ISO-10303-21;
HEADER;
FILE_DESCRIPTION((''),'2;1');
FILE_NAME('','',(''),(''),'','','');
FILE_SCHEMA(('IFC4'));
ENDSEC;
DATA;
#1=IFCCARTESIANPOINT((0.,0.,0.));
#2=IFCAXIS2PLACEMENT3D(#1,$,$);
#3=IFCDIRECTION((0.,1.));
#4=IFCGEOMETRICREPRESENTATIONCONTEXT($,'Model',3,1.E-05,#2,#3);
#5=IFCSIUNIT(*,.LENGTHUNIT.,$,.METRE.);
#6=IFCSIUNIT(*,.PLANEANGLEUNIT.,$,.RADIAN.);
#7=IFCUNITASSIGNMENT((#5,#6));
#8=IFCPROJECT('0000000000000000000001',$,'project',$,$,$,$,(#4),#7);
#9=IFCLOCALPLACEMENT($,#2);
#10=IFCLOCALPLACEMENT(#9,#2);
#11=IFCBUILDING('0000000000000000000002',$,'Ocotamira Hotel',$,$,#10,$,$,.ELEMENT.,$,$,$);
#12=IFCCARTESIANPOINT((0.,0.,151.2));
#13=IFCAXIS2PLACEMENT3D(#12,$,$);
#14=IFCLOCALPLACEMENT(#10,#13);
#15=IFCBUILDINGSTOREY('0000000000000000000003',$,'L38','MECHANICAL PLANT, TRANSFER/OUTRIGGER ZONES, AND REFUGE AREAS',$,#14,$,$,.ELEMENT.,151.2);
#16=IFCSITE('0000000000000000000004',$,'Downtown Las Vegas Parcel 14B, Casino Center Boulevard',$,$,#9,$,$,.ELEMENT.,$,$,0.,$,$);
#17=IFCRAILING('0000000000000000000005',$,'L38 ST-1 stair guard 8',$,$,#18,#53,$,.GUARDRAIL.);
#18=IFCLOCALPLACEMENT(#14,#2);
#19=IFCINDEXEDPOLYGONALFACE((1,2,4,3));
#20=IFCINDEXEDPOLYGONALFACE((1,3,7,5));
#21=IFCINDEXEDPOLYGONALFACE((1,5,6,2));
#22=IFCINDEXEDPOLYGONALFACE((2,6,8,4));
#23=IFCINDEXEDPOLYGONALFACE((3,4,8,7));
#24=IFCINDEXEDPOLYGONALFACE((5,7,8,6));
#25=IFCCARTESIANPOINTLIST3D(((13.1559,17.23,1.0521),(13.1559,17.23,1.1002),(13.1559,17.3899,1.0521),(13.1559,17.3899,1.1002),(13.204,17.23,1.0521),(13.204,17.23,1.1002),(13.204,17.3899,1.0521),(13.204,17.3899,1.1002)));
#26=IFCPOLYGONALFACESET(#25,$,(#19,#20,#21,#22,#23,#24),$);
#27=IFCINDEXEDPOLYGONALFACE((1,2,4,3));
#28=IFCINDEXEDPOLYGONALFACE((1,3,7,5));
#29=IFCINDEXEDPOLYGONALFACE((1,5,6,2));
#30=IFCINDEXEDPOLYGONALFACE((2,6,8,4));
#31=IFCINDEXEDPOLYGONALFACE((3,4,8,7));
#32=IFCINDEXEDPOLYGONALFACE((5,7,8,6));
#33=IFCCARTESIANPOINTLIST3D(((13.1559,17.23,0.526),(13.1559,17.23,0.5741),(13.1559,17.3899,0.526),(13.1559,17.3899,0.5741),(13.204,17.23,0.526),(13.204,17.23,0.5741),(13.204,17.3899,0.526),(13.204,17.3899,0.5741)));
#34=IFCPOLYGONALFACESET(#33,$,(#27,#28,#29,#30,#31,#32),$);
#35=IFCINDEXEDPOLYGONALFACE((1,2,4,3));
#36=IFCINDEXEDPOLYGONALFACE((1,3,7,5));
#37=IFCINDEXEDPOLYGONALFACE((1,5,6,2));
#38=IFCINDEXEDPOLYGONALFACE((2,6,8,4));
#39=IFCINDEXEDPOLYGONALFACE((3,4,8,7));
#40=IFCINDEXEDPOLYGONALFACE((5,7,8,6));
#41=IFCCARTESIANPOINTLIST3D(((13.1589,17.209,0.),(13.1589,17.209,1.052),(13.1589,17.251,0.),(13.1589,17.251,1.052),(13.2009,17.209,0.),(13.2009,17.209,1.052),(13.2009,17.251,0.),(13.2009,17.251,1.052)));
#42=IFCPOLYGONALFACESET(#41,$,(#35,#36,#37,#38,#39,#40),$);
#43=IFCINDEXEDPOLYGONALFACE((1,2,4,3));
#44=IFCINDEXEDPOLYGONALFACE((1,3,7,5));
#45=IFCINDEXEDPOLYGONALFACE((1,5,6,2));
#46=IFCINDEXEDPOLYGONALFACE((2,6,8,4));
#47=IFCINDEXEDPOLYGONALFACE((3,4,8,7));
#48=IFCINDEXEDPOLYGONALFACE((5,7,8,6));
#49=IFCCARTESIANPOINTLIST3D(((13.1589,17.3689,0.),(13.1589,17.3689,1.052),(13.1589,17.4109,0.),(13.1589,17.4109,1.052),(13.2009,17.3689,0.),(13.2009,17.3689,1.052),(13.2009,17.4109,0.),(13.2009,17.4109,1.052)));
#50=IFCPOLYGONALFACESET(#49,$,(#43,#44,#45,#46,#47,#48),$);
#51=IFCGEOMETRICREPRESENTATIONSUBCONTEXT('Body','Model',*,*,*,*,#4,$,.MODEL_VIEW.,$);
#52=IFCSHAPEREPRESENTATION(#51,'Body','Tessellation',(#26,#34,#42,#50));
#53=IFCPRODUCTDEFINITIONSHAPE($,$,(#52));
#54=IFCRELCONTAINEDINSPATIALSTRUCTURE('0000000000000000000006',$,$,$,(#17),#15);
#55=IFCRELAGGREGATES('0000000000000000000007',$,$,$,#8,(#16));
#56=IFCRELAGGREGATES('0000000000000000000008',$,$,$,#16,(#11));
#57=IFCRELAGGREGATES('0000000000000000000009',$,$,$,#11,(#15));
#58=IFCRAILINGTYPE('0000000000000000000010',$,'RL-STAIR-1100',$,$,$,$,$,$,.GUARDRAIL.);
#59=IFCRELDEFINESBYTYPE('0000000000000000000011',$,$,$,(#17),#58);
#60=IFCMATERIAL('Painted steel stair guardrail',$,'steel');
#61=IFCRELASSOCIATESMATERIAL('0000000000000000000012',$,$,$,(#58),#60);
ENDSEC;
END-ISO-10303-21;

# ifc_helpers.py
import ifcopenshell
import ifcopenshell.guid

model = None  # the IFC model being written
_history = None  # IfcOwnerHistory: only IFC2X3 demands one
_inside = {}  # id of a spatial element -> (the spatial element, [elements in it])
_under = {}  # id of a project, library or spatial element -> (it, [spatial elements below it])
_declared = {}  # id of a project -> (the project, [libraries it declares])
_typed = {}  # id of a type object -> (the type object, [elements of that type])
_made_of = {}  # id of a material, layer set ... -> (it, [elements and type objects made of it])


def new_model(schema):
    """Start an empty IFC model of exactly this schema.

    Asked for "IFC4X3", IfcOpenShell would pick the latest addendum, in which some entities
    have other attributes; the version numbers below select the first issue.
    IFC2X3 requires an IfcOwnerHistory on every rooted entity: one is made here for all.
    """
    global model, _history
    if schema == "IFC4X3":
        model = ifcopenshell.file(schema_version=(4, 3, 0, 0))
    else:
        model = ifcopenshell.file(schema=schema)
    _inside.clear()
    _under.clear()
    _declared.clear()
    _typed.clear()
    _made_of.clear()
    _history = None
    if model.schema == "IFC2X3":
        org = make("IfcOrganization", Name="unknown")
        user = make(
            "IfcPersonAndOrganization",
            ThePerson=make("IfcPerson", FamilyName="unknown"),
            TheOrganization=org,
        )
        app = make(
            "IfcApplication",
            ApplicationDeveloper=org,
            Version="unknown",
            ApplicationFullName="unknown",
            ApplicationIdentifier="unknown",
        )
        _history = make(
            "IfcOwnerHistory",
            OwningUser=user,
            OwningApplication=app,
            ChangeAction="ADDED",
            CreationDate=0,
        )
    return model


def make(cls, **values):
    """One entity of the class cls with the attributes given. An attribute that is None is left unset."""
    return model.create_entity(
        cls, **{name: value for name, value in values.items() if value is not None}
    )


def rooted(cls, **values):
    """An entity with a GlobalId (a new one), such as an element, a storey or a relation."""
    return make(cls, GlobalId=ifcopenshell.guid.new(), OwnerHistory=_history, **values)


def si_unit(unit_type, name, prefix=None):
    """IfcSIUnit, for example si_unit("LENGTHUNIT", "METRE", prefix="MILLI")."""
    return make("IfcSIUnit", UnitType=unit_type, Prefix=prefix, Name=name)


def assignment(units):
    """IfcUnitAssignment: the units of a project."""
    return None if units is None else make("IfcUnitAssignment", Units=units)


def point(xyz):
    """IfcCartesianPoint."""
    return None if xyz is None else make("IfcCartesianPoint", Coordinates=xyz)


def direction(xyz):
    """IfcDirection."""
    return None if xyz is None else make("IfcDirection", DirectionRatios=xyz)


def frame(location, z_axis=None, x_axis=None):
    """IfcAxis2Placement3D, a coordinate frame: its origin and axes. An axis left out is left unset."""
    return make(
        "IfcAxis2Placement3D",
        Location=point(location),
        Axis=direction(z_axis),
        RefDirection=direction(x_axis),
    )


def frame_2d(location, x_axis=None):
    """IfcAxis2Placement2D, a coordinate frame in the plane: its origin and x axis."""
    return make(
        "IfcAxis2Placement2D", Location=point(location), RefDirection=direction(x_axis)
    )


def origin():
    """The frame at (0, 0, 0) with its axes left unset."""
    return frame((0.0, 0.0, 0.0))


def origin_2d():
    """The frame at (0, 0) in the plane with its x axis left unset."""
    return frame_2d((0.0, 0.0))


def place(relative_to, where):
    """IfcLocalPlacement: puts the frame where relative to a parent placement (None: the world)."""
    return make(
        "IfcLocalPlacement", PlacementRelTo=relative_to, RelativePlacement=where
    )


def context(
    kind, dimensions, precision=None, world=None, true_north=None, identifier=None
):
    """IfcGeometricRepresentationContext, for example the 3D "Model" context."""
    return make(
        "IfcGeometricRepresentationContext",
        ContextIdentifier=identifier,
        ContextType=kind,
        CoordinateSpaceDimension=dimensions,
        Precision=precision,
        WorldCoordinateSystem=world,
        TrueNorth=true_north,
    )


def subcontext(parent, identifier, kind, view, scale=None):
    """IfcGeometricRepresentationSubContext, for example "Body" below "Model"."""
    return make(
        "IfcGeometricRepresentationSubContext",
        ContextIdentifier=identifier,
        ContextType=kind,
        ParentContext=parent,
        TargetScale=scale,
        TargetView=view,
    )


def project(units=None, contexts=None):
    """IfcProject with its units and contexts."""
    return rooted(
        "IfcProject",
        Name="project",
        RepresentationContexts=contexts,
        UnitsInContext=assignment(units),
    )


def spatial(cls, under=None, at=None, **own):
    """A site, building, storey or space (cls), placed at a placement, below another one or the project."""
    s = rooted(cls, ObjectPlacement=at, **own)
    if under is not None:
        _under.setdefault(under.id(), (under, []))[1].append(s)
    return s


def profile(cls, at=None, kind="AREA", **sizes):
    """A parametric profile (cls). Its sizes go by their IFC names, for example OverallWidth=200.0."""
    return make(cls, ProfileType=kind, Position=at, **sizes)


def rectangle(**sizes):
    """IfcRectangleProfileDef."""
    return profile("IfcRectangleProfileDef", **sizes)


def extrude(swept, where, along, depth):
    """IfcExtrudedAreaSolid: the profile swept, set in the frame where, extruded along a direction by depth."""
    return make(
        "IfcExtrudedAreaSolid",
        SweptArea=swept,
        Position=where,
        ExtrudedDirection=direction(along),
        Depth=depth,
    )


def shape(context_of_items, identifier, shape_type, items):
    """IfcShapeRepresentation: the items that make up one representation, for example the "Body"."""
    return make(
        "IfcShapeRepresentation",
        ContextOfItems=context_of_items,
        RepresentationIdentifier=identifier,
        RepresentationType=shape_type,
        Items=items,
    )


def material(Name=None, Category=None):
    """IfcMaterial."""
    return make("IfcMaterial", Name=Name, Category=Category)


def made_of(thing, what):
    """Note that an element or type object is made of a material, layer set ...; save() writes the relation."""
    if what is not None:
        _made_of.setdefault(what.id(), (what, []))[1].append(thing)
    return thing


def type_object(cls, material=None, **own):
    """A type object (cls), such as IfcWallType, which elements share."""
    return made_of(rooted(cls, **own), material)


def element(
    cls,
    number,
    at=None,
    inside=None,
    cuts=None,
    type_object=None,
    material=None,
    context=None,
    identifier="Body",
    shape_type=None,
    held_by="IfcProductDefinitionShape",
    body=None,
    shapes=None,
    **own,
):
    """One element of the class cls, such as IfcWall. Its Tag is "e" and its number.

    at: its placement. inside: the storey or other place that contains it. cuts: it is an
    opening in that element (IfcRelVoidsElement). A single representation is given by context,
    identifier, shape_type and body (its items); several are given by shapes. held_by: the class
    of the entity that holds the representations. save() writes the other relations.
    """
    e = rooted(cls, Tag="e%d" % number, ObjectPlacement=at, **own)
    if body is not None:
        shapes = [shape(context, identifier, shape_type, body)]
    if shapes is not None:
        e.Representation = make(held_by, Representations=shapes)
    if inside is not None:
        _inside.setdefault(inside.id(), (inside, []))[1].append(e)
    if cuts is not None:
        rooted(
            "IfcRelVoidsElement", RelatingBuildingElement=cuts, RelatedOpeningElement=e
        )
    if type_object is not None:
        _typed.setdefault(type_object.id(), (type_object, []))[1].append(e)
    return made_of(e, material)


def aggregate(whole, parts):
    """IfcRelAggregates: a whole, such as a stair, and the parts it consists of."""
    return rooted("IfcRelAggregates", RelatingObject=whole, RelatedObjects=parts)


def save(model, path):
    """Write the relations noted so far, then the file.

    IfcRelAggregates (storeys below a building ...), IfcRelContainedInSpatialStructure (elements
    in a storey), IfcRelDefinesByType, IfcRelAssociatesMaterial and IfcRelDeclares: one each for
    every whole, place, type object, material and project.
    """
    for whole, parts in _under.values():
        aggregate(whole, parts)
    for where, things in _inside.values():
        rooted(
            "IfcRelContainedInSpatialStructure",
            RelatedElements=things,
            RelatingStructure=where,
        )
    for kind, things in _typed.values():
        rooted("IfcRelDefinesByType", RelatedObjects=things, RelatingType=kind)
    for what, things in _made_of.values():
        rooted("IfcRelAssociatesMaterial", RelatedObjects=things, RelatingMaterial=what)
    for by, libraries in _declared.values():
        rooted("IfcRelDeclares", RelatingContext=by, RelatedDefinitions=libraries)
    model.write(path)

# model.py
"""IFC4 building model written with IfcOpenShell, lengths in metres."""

from ifc_helpers import new_model, si_unit, direction, frame, origin, origin_2d, place, context, subcontext, project, spatial, rectangle, extrude, material, type_object, element, save


model = new_model("IFC4")

# Units and contexts
model_context = context("Model", 3, precision=1e-05, world=origin(), true_north=direction((0.0, 1.0)))
body_context = subcontext(model_context, "Body", "Model", "MODEL_VIEW")
ifc_project = project(units=[si_unit("LENGTHUNIT", "METRE"), si_unit("PLANEANGLEUNIT", "RADIAN")], contexts=[model_context])

# Site, building, storey
site_placement = place(None, origin())
site = spatial("IfcSite", under=ifc_project, at=site_placement, Name="Downtown Las Vegas Parcel 14B, Casino Center Boulevard", CompositionType="ELEMENT", RefElevation=0.0)
building_placement = place(site_placement, origin())
building = spatial("IfcBuilding", under=site, at=building_placement, Name="Ocotamira Hotel", CompositionType="ELEMENT")
storey_placement = place(building_placement, frame((0.0, 0.0, 151.2)))
storey = spatial("IfcBuildingStorey", under=building, at=storey_placement, Name="L38", Description="MECHANICAL PLANT, TRANSFER/OUTRIGGER ZONES, AND REFUGE AREAS", CompositionType="ELEMENT", Elevation=151.2)

# Railing
ifc_material_1 = material(Name="Painted steel stair guardrail", Category="steel")
railing_type_1 = type_object("IfcRailingType", Name="RL-STAIR-1100", PredefinedType="GUARDRAIL", material=ifc_material_1)
railing_1_placement = place(storey_placement, frame((13.1799, 17.23, 0.0)))
element("IfcRailing", 1, at=railing_1_placement, inside=storey, type_object=railing_type_1, Name="L38 ST-1 stair guard 8", PredefinedType="GUARDRAIL", context=body_context, shape_type="SweptSolid", body=[
    extrude(rectangle(XDim=0.0481, YDim=0.0481, at=origin_2d()), frame((0.0, 0.0, 1.0762), z_axis=(0.0, 1.0, 0.0), x_axis=(-1.0, 0.0, 0.0)), (0.0, 0.0, 1.0), 0.1599),
    extrude(rectangle(XDim=0.0481, YDim=0.0481, at=origin_2d()), frame((0.0, 0.0, 0.55), z_axis=(0.0, 1.0, 0.0), x_axis=(-1.0, 0.0, 0.0)), (0.0, 0.0, 1.0), 0.1599),
    extrude(rectangle(XDim=0.042, YDim=0.042, at=origin_2d()), origin(), (0.0, 0.0, 1.0), 1.052),
    extrude(rectangle(XDim=0.042, YDim=0.042, at=origin_2d()), frame((0.0, 0.1599, 0.0)), (0.0, 0.0, 1.0), 1.052),
])

save(model, "model.ifc")
